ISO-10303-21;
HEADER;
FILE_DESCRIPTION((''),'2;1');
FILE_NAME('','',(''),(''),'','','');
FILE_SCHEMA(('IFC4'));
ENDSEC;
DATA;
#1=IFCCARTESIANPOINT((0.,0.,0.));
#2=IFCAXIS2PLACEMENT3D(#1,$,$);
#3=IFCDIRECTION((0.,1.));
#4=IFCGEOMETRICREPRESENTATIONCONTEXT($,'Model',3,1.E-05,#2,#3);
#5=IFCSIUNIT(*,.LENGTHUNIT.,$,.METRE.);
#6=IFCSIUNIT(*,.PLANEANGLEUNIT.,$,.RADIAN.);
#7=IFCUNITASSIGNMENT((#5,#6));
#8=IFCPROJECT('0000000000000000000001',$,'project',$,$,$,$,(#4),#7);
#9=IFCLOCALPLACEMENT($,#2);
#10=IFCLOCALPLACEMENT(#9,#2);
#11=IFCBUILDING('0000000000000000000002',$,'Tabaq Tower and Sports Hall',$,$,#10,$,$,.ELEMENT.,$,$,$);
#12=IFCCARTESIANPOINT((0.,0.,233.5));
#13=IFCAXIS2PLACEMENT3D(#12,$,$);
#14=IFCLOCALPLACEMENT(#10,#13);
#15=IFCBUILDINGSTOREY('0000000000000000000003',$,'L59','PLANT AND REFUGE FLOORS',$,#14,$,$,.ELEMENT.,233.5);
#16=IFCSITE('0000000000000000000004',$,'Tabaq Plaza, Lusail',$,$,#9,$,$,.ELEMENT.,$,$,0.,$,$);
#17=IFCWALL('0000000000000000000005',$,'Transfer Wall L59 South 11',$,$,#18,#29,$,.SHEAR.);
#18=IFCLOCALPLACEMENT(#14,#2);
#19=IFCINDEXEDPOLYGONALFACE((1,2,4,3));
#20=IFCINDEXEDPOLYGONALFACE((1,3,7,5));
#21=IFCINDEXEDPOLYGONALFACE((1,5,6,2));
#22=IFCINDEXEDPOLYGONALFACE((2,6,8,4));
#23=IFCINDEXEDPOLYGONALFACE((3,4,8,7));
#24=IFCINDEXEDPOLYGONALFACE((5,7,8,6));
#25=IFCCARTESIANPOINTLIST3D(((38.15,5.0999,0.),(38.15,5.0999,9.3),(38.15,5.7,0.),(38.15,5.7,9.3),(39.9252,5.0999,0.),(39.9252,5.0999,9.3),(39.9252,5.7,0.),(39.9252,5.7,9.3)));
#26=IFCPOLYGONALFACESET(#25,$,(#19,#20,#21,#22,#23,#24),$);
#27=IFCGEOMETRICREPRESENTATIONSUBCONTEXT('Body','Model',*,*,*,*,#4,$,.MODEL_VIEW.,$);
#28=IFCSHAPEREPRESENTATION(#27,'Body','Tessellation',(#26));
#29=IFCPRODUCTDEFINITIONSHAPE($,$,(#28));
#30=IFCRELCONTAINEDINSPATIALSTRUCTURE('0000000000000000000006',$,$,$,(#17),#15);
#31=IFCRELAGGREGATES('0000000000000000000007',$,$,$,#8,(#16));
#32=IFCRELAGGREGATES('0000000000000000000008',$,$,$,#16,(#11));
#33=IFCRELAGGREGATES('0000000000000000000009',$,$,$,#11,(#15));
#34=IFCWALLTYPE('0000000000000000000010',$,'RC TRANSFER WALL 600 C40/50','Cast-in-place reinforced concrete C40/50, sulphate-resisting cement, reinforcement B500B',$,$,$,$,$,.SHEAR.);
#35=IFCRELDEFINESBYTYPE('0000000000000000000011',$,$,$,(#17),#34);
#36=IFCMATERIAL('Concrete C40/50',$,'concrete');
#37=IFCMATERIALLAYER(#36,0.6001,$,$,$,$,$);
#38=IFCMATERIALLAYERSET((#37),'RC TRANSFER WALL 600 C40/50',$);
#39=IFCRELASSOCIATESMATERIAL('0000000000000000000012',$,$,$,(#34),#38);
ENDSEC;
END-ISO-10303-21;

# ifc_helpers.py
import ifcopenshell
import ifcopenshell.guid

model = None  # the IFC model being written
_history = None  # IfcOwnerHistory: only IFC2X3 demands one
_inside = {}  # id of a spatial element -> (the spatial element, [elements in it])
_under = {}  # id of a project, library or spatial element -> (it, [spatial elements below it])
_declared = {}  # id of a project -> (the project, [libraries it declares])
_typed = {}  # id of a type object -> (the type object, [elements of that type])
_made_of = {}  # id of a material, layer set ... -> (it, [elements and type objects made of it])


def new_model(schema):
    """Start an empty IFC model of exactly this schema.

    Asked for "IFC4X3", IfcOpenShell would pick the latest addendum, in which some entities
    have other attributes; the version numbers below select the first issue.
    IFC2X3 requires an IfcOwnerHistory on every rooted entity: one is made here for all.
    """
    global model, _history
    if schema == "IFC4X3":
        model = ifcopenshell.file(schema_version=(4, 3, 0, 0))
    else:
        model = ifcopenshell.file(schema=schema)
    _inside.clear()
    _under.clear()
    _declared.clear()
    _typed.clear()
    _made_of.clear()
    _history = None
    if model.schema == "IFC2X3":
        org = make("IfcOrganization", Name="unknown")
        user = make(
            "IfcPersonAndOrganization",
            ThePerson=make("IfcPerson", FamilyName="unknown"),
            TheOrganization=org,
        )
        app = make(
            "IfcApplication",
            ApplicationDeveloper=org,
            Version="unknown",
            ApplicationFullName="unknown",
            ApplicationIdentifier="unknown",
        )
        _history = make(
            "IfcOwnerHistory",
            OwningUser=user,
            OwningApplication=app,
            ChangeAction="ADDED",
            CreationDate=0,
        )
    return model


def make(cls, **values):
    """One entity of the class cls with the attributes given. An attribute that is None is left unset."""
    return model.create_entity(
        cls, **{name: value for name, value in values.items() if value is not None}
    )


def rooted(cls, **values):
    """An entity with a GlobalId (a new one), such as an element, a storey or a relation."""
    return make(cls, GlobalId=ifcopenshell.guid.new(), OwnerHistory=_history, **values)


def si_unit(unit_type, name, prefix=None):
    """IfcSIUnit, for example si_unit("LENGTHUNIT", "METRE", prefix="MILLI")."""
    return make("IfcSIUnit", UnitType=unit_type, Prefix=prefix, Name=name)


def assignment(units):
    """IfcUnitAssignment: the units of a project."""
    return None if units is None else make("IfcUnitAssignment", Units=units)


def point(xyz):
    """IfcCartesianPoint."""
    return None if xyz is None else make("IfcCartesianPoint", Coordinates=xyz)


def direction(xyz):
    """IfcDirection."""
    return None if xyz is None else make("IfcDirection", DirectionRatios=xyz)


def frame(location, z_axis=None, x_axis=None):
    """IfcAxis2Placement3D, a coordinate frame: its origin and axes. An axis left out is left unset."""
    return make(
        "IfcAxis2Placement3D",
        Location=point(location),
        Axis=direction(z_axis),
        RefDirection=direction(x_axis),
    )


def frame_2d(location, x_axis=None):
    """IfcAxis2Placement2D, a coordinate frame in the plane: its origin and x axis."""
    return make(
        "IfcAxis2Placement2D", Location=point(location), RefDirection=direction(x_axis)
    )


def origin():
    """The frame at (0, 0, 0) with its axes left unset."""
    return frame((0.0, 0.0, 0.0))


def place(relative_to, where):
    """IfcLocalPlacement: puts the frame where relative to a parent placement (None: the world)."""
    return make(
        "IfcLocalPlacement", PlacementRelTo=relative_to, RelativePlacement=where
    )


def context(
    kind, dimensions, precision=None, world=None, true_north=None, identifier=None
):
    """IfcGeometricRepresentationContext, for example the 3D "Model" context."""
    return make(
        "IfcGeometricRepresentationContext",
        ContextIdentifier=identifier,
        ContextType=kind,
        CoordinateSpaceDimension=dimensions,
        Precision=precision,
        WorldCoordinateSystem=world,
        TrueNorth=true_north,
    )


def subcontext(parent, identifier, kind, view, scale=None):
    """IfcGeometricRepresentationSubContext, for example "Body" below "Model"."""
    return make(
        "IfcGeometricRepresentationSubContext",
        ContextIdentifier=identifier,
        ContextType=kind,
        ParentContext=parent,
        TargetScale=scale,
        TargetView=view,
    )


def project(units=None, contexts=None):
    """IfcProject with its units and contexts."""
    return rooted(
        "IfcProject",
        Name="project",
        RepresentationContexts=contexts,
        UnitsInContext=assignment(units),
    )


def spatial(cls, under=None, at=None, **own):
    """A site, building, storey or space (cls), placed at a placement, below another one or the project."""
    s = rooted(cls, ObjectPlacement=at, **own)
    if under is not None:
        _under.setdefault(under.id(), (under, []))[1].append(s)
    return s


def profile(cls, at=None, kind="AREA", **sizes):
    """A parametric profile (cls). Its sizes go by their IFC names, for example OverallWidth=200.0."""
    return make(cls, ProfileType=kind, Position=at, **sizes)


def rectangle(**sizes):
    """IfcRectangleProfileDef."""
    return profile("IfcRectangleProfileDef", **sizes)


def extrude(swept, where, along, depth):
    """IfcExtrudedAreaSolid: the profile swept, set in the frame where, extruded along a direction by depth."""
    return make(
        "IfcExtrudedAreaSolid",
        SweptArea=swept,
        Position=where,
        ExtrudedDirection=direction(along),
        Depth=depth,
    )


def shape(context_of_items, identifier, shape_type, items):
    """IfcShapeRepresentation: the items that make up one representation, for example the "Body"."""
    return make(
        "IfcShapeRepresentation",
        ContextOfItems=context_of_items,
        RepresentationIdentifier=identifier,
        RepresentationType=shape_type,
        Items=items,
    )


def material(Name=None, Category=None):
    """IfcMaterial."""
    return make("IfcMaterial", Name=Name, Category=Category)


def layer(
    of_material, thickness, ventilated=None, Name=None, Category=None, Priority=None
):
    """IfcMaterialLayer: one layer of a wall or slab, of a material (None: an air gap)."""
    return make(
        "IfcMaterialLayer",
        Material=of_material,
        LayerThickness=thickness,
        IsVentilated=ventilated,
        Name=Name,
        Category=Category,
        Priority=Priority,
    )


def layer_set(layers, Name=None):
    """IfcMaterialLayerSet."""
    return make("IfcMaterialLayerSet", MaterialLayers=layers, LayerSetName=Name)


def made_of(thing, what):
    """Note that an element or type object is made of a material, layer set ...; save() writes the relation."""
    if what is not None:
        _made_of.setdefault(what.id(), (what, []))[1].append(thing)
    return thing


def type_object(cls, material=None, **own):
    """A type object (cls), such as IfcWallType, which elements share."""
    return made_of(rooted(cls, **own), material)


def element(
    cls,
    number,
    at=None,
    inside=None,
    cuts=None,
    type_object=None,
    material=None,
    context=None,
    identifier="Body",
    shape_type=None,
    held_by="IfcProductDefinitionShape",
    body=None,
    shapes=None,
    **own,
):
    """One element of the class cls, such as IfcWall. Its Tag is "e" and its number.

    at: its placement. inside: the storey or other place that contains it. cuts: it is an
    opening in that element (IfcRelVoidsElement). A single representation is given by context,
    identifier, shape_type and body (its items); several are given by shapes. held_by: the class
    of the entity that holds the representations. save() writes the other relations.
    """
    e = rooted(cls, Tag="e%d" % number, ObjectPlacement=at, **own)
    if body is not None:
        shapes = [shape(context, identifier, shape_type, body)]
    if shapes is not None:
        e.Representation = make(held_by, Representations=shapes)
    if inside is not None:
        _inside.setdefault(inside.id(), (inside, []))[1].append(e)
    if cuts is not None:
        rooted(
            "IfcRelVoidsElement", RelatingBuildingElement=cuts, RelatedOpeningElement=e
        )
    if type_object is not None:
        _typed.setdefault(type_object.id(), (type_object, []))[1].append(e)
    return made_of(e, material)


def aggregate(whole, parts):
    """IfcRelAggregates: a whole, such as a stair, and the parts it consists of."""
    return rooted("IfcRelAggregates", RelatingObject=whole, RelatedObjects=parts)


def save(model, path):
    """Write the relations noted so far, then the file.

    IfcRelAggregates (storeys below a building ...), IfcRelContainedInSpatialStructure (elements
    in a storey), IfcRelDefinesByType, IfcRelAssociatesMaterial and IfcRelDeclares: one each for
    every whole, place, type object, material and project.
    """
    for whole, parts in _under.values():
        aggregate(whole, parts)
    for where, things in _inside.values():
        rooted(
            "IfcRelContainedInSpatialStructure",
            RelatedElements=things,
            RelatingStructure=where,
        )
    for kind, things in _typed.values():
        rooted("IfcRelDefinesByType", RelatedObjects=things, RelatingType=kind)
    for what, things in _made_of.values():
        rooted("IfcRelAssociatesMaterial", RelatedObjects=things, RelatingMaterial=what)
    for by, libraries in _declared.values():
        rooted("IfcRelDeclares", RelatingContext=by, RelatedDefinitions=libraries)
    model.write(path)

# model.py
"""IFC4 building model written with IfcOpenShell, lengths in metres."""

from ifc_helpers import new_model, si_unit, direction, frame, frame_2d, origin, place, context, subcontext, project, spatial, rectangle, extrude, material, layer, layer_set, type_object, element, save


model = new_model("IFC4")

# Units and contexts
model_context = context("Model", 3, precision=1e-05, world=origin(), true_north=direction((0.0, 1.0)))
body_context = subcontext(model_context, "Body", "Model", "MODEL_VIEW")
ifc_project = project(units=[si_unit("LENGTHUNIT", "METRE"), si_unit("PLANEANGLEUNIT", "RADIAN")], contexts=[model_context])

# Site, building, storey
site_placement = place(None, origin())
site = spatial("IfcSite", under=ifc_project, at=site_placement, Name="Tabaq Plaza, Lusail", CompositionType="ELEMENT", RefElevation=0.0)
building_placement = place(site_placement, origin())
building = spatial("IfcBuilding", under=site, at=building_placement, Name="Tabaq Tower and Sports Hall", CompositionType="ELEMENT")
storey_placement = place(building_placement, frame((0.0, 0.0, 233.5)))
storey = spatial("IfcBuildingStorey", under=building, at=storey_placement, Name="L59", Description="PLANT AND REFUGE FLOORS", CompositionType="ELEMENT", Elevation=233.5)

# Wall
ifc_material_1 = material(Name="Concrete C40/50", Category="concrete")
ifc_layer_1 = layer(ifc_material_1, 0.6001)
ifc_layer_set_1 = layer_set([ifc_layer_1], Name="RC TRANSFER WALL 600 C40/50")
wall_type = type_object("IfcWallType", Name="RC TRANSFER WALL 600 C40/50", Description="Cast-in-place reinforced concrete C40/50, sulphate-resisting cement, reinforcement B500B", PredefinedType="SHEAR", material=ifc_layer_set_1)
wall_1_placement = place(storey_placement, frame((38.1499, 5.3999, 0.0), z_axis=(0.0, 0.0, 1.0), x_axis=(1.0, 0.0, 0.0)))
element("IfcWall", 1, at=wall_1_placement, inside=storey, type_object=wall_type, Name="Transfer Wall L59 South 11", PredefinedType="SHEAR", context=body_context, shape_type="SweptSolid", body=[
    extrude(rectangle(XDim=1.7751, YDim=0.6001, at=frame_2d((0.8877, 0.0))), origin(), (0.0, 0.0, 1.0), 9.3),
])

save(model, "model.ifc")
